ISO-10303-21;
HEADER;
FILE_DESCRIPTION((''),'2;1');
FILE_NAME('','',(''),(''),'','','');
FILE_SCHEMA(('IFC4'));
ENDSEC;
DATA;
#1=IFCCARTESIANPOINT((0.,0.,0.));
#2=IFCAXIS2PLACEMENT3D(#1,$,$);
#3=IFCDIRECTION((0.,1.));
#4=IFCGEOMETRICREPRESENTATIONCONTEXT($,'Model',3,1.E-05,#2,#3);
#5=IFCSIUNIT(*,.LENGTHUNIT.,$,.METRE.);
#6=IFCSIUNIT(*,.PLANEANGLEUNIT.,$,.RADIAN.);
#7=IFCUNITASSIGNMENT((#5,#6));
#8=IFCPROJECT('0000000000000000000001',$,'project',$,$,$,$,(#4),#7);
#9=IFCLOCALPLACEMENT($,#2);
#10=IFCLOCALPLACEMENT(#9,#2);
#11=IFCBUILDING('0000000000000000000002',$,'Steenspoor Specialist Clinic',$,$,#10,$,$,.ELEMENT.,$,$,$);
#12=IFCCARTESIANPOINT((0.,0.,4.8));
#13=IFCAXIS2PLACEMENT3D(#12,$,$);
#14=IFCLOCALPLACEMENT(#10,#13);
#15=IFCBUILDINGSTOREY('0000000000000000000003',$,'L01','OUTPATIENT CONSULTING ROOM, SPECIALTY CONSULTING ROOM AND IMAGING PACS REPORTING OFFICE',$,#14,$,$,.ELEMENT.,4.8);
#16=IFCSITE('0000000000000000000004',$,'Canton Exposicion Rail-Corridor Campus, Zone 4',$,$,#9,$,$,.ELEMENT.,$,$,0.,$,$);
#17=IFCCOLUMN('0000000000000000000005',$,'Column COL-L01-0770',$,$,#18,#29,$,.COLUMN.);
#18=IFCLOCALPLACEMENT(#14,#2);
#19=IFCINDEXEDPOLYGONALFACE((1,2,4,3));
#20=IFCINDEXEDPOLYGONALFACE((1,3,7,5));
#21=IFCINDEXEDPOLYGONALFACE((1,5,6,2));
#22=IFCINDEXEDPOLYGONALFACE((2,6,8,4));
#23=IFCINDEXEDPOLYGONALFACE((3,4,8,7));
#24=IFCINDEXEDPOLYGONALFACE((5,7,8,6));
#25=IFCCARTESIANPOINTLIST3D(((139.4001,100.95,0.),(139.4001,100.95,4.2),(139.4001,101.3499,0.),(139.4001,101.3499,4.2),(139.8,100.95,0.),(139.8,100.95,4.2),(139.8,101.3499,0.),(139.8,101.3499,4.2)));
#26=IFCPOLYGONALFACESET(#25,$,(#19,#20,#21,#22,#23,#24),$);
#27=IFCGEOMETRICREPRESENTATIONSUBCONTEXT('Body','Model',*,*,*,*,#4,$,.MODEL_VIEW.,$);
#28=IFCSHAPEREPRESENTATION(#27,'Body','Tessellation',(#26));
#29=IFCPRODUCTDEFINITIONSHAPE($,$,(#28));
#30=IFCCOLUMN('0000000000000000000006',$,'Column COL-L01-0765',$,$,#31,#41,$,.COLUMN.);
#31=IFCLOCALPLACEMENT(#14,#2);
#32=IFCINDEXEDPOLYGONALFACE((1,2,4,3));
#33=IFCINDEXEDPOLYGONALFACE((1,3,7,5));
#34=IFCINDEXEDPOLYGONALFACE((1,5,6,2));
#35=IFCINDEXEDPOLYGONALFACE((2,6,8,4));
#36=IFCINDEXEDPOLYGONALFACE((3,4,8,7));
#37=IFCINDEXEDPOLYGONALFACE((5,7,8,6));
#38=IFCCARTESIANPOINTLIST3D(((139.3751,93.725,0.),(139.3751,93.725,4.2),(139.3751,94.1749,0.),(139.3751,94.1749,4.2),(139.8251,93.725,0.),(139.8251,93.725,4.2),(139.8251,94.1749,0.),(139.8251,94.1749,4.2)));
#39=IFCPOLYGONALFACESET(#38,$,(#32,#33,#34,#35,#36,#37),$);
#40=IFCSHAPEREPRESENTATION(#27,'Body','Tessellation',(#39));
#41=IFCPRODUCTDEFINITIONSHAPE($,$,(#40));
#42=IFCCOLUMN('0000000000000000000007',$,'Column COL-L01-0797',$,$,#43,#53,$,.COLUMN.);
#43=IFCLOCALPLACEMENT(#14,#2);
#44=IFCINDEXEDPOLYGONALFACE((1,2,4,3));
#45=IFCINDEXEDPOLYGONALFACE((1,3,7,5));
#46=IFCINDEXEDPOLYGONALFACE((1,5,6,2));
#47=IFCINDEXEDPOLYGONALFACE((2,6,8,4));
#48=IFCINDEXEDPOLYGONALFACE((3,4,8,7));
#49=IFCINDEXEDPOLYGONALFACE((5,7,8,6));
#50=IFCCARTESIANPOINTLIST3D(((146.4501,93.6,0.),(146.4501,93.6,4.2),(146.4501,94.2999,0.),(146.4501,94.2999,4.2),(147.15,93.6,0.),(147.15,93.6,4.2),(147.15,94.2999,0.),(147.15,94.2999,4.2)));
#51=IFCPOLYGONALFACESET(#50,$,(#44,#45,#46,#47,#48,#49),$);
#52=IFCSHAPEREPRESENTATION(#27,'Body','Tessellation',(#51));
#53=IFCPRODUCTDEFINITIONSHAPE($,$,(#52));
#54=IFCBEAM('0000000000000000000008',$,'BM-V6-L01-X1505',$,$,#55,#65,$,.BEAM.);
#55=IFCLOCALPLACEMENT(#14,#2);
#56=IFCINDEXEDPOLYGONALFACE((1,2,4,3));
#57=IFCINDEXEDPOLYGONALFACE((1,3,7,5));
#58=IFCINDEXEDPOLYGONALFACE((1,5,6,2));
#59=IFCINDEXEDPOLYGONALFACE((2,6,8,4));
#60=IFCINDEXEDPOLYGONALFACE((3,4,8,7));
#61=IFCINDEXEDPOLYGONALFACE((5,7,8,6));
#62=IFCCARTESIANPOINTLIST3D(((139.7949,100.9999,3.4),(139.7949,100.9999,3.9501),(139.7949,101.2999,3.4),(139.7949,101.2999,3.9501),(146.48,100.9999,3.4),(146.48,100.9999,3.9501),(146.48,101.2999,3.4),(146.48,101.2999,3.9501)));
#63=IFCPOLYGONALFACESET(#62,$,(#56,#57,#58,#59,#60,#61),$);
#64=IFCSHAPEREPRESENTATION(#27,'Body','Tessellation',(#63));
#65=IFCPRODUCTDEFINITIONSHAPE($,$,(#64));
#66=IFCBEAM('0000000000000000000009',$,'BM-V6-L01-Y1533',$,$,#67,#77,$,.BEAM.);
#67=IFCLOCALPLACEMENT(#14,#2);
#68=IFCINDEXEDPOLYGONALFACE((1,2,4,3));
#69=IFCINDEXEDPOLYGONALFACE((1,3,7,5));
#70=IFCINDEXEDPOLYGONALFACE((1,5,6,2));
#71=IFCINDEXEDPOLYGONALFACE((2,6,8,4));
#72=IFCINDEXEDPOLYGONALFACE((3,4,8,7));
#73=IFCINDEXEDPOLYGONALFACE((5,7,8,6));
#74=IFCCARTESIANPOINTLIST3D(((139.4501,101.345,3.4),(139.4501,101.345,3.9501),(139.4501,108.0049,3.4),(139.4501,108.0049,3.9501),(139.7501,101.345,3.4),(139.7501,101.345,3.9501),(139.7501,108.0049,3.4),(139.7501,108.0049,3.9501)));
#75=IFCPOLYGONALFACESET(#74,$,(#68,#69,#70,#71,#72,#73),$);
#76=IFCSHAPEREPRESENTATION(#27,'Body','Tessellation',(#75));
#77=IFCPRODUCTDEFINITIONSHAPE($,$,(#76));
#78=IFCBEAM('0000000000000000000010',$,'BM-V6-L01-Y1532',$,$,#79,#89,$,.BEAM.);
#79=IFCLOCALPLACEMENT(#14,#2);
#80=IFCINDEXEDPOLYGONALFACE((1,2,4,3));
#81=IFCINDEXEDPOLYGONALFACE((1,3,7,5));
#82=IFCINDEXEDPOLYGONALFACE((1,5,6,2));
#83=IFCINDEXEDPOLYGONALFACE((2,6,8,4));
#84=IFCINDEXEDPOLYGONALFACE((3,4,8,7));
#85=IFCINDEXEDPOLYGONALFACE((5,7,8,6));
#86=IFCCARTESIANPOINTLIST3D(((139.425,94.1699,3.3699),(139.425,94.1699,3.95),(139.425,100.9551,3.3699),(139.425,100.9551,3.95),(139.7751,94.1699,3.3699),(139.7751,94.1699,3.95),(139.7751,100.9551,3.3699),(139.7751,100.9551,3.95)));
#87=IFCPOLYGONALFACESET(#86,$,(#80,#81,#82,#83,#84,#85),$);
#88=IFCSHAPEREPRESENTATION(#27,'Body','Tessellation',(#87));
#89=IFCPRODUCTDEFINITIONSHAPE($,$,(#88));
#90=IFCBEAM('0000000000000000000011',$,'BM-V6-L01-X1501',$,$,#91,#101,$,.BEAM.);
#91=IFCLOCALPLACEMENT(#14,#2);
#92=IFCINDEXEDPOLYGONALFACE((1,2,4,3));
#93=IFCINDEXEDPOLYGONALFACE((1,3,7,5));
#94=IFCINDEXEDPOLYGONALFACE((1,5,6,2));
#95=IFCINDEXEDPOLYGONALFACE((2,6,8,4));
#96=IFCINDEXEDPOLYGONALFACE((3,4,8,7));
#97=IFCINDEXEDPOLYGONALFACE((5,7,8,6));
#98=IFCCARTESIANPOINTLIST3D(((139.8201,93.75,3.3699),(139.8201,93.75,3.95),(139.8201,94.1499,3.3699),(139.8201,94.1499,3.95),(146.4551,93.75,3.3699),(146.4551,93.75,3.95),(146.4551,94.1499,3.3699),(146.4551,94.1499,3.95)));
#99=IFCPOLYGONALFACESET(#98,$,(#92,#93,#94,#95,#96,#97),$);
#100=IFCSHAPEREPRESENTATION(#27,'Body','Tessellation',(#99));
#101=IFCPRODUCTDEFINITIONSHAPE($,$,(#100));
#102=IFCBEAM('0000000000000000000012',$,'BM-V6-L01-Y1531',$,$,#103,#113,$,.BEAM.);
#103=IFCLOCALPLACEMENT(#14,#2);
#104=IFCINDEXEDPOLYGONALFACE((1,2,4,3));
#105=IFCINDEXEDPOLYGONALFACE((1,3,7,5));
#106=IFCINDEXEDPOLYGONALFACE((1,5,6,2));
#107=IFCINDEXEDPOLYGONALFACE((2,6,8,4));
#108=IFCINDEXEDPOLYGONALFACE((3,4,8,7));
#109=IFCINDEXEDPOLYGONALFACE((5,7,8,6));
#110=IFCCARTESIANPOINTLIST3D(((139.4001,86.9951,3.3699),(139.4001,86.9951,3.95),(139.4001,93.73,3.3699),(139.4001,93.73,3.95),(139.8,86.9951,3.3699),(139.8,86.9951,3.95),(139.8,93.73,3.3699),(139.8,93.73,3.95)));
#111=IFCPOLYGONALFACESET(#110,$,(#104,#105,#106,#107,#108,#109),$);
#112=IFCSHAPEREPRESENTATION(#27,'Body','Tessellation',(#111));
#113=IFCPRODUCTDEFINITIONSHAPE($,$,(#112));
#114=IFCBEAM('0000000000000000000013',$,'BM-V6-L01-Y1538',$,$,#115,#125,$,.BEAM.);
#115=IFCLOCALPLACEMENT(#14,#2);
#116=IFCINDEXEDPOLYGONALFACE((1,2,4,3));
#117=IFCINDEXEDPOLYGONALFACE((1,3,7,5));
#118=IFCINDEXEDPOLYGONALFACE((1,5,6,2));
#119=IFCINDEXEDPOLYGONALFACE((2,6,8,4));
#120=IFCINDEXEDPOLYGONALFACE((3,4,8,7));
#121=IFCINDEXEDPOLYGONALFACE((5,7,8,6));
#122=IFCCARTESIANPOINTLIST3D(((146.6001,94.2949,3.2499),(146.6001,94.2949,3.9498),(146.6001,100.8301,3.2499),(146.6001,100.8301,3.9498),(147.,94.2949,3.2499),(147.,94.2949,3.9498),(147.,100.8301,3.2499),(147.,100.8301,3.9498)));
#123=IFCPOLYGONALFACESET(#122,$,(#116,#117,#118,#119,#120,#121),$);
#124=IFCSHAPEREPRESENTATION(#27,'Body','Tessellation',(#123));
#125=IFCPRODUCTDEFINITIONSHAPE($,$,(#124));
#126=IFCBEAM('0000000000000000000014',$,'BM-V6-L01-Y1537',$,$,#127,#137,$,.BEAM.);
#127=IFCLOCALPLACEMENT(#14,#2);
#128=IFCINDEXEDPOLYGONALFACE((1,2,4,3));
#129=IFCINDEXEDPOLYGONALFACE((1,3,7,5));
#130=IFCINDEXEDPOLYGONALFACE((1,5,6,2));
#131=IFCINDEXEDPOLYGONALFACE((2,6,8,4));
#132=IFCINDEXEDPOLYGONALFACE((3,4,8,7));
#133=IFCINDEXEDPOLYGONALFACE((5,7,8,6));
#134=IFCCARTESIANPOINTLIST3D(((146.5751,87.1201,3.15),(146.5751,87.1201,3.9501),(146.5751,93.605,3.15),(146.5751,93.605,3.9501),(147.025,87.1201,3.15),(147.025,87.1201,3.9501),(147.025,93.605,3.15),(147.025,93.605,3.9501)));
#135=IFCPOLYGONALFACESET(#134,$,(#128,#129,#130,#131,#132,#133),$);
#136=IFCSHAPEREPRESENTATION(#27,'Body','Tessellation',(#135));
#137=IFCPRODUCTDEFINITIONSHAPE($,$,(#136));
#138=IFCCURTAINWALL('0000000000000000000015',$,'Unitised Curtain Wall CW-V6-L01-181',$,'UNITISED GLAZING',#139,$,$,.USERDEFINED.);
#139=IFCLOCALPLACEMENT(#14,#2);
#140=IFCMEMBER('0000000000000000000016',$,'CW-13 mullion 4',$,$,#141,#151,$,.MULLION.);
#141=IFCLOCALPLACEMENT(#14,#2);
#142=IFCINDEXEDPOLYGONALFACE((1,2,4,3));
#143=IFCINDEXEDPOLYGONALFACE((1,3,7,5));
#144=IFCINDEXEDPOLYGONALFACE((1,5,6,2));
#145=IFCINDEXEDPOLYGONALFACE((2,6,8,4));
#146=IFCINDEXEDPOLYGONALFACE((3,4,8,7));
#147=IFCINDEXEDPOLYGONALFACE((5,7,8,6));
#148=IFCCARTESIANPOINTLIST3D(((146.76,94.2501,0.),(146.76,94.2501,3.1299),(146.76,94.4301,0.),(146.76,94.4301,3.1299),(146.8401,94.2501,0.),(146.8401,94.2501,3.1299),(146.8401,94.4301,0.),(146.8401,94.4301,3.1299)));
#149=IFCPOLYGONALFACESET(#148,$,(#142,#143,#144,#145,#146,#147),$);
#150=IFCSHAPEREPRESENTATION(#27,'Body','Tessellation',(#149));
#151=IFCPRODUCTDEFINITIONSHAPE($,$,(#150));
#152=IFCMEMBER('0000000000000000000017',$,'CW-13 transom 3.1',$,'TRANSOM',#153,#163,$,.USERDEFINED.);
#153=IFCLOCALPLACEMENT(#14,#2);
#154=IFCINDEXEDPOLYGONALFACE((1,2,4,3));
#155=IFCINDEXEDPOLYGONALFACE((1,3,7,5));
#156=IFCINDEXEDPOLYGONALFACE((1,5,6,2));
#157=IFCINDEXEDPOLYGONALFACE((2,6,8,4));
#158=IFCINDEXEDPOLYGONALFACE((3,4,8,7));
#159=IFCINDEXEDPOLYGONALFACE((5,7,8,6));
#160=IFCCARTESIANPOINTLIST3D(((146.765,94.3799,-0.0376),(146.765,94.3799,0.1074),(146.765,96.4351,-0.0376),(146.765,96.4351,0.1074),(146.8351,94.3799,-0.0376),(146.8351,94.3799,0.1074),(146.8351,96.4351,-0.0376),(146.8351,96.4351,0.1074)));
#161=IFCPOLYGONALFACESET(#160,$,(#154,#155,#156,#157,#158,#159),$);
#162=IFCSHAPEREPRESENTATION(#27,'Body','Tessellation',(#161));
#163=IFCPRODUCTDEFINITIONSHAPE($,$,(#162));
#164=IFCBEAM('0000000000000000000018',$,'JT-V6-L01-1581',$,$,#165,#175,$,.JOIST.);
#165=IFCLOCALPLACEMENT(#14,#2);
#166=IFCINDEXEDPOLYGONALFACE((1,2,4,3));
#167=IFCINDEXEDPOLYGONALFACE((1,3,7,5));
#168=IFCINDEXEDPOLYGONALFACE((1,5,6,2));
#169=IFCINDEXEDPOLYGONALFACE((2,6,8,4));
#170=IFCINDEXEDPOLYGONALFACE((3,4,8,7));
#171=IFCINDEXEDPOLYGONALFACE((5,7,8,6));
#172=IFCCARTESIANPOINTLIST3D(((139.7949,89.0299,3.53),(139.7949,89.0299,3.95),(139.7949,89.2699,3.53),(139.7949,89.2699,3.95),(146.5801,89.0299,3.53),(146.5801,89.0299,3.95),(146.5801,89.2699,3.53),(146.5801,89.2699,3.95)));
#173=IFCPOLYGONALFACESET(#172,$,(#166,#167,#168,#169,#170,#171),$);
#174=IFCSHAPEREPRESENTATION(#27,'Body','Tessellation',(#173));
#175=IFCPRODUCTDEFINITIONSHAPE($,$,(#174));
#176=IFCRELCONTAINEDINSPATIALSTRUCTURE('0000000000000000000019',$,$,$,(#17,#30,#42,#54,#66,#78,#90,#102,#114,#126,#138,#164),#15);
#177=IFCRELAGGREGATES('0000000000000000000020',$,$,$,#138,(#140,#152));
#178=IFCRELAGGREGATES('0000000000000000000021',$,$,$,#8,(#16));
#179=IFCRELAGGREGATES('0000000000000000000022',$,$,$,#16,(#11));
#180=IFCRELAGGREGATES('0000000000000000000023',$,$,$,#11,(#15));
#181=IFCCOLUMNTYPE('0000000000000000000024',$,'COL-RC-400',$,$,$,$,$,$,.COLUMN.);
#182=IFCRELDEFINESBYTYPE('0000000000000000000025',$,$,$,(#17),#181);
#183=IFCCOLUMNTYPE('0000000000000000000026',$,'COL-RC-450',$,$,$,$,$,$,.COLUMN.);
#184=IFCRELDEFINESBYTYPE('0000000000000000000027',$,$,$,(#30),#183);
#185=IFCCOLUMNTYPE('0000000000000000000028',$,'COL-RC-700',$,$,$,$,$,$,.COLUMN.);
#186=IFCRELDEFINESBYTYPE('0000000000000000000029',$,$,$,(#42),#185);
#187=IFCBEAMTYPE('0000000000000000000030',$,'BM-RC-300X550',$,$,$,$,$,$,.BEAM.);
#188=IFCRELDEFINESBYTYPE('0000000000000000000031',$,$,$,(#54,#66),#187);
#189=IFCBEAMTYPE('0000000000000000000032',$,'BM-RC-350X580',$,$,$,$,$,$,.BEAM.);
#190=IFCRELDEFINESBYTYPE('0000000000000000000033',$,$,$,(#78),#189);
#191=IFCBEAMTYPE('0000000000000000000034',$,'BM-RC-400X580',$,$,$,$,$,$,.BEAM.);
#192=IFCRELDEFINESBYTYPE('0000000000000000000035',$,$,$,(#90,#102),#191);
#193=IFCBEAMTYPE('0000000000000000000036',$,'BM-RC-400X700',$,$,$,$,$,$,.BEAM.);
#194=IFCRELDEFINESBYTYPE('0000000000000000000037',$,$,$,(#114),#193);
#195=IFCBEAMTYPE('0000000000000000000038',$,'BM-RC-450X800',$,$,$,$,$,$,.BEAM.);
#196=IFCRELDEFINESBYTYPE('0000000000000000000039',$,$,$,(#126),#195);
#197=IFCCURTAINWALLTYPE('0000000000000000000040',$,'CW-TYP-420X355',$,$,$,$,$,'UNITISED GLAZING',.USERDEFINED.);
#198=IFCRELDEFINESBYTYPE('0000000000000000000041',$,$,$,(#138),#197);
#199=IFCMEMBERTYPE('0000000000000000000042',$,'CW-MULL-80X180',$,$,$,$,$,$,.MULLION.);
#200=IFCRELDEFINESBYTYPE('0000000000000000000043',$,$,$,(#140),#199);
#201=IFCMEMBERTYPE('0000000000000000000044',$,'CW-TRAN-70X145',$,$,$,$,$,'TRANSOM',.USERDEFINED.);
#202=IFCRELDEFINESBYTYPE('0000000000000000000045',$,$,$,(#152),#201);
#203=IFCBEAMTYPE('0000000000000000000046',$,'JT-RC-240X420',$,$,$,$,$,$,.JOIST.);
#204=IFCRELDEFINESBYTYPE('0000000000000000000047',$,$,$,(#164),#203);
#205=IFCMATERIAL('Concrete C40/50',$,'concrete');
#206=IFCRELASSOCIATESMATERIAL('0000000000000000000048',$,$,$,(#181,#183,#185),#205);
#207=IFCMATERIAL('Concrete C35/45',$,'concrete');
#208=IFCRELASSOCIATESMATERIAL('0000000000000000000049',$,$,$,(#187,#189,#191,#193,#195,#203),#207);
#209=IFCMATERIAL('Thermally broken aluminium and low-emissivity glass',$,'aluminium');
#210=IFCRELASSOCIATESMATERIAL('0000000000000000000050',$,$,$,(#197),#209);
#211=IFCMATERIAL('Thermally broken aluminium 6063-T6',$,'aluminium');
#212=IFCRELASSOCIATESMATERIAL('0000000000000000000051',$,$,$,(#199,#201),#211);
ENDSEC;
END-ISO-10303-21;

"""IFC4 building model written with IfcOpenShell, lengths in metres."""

from ifc_helpers import new_model, si_unit, direction, frame, origin, origin_2d, place, context, subcontext, project, spatial, rectangle, extrude, material, material_profile, profile_set, type_object, element, aggregate, save


model = new_model("IFC4")

# Units and contexts
model_context = context("Model", 3, precision=1e-05, world=origin(), true_north=direction((0.0, 1.0)))
body_context = subcontext(model_context, "Body", "Model", "MODEL_VIEW")
ifc_project = project(units=[si_unit("LENGTHUNIT", "METRE"), si_unit("PLANEANGLEUNIT", "RADIAN")], contexts=[model_context])

# Site, building, storey
site_placement = place(None, origin())
site = spatial("IfcSite", under=ifc_project, at=site_placement, Name="Canton Exposicion Rail-Corridor Campus, Zone 4", CompositionType="ELEMENT", RefElevation=0.0)
building_placement = place(site_placement, origin())
building = spatial("IfcBuilding", under=site, at=building_placement, Name="Steenspoor Specialist Clinic", CompositionType="ELEMENT")
storey_placement = place(building_placement, frame((0.0, 0.0, 4.8)))
storey = spatial("IfcBuildingStorey", under=building, at=storey_placement, Name="L01", Description="OUTPATIENT CONSULTING ROOM, SPECIALTY CONSULTING ROOM AND IMAGING PACS REPORTING OFFICE", CompositionType="ELEMENT", Elevation=4.8)

# Columns
ifc_material_1 = material(Name="Concrete C40/50", Category="concrete")
ifc_material_profile_1 = material_profile(ifc_material_1, rectangle(XDim=0.3999, YDim=0.3999, at=origin_2d()), Name="RC-COL-400X400")
ifc_profile_set_1 = profile_set([ifc_material_profile_1], Name="Concrete C40/50")
column_type_1 = type_object("IfcColumnType", Name="COL-RC-400", PredefinedType="COLUMN", material=ifc_profile_set_1)
column_1_placement = place(storey_placement, frame((139.6001, 101.1499, 0.0), z_axis=(0.0, 0.0, 1.0), x_axis=(1.0, 0.0, 0.0)))
element("IfcColumn", 1, at=column_1_placement, inside=storey, type_object=column_type_1, Name="Column COL-L01-0770", PredefinedType="COLUMN", context=body_context, shape_type="SweptSolid", body=[
    extrude(rectangle(XDim=0.3999, YDim=0.3999, at=origin_2d()), origin(), (0.0, 0.0, 1.0), 4.2),
])
ifc_material_profile_2 = material_profile(ifc_material_1, rectangle(XDim=0.45, YDim=0.45, at=origin_2d()), Name="RC-COL-450X450")
ifc_profile_set_2 = profile_set([ifc_material_profile_2], Name="Concrete C40/50")
column_type_2 = type_object("IfcColumnType", Name="COL-RC-450", PredefinedType="COLUMN", material=ifc_profile_set_2)
column_2_placement = place(storey_placement, frame((139.6001, 93.95, 0.0), z_axis=(0.0, 0.0, 1.0), x_axis=(1.0, 0.0, 0.0)))
element("IfcColumn", 2, at=column_2_placement, inside=storey, type_object=column_type_2, Name="Column COL-L01-0765", PredefinedType="COLUMN", context=body_context, shape_type="SweptSolid", body=[
    extrude(rectangle(XDim=0.45, YDim=0.45, at=origin_2d()), origin(), (0.0, 0.0, 1.0), 4.2),
])
ifc_material_profile_3 = material_profile(ifc_material_1, rectangle(XDim=0.7, YDim=0.7, at=origin_2d()), Name="RC-COL-700X700")
ifc_profile_set_3 = profile_set([ifc_material_profile_3], Name="Concrete C40/50")
column_type_3 = type_object("IfcColumnType", Name="COL-RC-700", PredefinedType="COLUMN", material=ifc_profile_set_3)
column_3_placement = place(storey_placement, frame((146.8, 93.95, 0.0), z_axis=(0.0, 0.0, 1.0), x_axis=(1.0, 0.0, 0.0)))
element("IfcColumn", 3, at=column_3_placement, inside=storey, type_object=column_type_3, Name="Column COL-L01-0797", PredefinedType="COLUMN", context=body_context, shape_type="SweptSolid", body=[
    extrude(rectangle(XDim=0.7, YDim=0.7, at=origin_2d()), origin(), (0.0, 0.0, 1.0), 4.2),
])

# Beams
ifc_material_2 = material(Name="Concrete C35/45", Category="concrete")
ifc_material_profile_4 = material_profile(ifc_material_2, rectangle(XDim=0.3, YDim=0.55, at=origin_2d()), Name="RC-BM-300X550")
ifc_profile_set_4 = profile_set([ifc_material_profile_4], Name="Concrete C35/45")
beam_type_1 = type_object("IfcBeamType", Name="BM-RC-300X550", PredefinedType="BEAM", material=ifc_profile_set_4)
beam_1_placement = place(storey_placement, frame((139.7949, 101.1499, 3.675), z_axis=(1.0, 0.0, 0.0), x_axis=(0.0, 1.0, 0.0)))
element("IfcBeam", 4, at=beam_1_placement, inside=storey, type_object=beam_type_1, Name="BM-V6-L01-X1505", PredefinedType="BEAM", context=body_context, shape_type="SweptSolid", body=[
    extrude(rectangle(XDim=0.3, YDim=0.55, at=origin_2d()), origin(), (0.0, 0.0, 1.0), 6.6851),
])
beam_2_placement = place(storey_placement, frame((139.6001, 101.345, 3.675), z_axis=(0.0, 1.0, 0.0), x_axis=(-1.0, 0.0, 0.0)))
element("IfcBeam", 5, at=beam_2_placement, inside=storey, type_object=beam_type_1, Name="BM-V6-L01-Y1533", PredefinedType="BEAM", context=body_context, shape_type="SweptSolid", body=[
    extrude(rectangle(XDim=0.3, YDim=0.55, at=origin_2d()), origin(), (0.0, 0.0, 1.0), 6.6599),
])
ifc_material_profile_5 = material_profile(ifc_material_2, rectangle(XDim=0.3501, YDim=0.5801, at=origin_2d()), Name="RC-BM-350X580")
ifc_profile_set_5 = profile_set([ifc_material_profile_5], Name="Concrete C35/45")
beam_type_2 = type_object("IfcBeamType", Name="BM-RC-350X580", PredefinedType="BEAM", material=ifc_profile_set_5)
beam_3_placement = place(storey_placement, frame((139.6001, 94.1699, 3.6599), z_axis=(0.0, 1.0, 0.0), x_axis=(-1.0, 0.0, 0.0)))
element("IfcBeam", 6, at=beam_3_placement, inside=storey, type_object=beam_type_2, Name="BM-V6-L01-Y1532", PredefinedType="BEAM", context=body_context, shape_type="SweptSolid", body=[
    extrude(rectangle(XDim=0.3501, YDim=0.5801, at=origin_2d()), origin(), (0.0, 0.0, 1.0), 6.7852),
])
ifc_material_profile_6 = material_profile(ifc_material_2, rectangle(XDim=0.3999, YDim=0.5801, at=origin_2d()), Name="RC-BM-400X580")
ifc_profile_set_6 = profile_set([ifc_material_profile_6], Name="Concrete C35/45")
beam_type_3 = type_object("IfcBeamType", Name="BM-RC-400X580", PredefinedType="BEAM", material=ifc_profile_set_6)
beam_4_placement = place(storey_placement, frame((139.8201, 93.95, 3.6599), z_axis=(1.0, 0.0, 0.0), x_axis=(0.0, 1.0, 0.0)))
element("IfcBeam", 7, at=beam_4_placement, inside=storey, type_object=beam_type_3, Name="BM-V6-L01-X1501", PredefinedType="BEAM", context=body_context, shape_type="SweptSolid", body=[
    extrude(rectangle(XDim=0.3999, YDim=0.5801, at=origin_2d()), origin(), (0.0, 0.0, 1.0), 6.635),
])
beam_5_placement = place(storey_placement, frame((139.6001, 86.9951, 3.6599), z_axis=(0.0, 1.0, 0.0), x_axis=(-1.0, 0.0, 0.0)))
element("IfcBeam", 8, at=beam_5_placement, inside=storey, type_object=beam_type_3, Name="BM-V6-L01-Y1531", PredefinedType="BEAM", context=body_context, shape_type="SweptSolid", body=[
    extrude(rectangle(XDim=0.3999, YDim=0.5801, at=origin_2d()), origin(), (0.0, 0.0, 1.0), 6.7349),
])
ifc_material_profile_7 = material_profile(ifc_material_2, rectangle(XDim=0.3999, YDim=0.7, at=origin_2d()), Name="RC-BM-400X700")
ifc_profile_set_7 = profile_set([ifc_material_profile_7], Name="Concrete C35/45")
beam_type_4 = type_object("IfcBeamType", Name="BM-RC-400X700", PredefinedType="BEAM", material=ifc_profile_set_7)
beam_6_placement = place(storey_placement, frame((146.8, 94.2949, 3.5999), z_axis=(0.0, 1.0, 0.0), x_axis=(-1.0, 0.0, 0.0)))
element("IfcBeam", 9, at=beam_6_placement, inside=storey, type_object=beam_type_4, Name="BM-V6-L01-Y1538", PredefinedType="BEAM", context=body_context, shape_type="SweptSolid", body=[
    extrude(rectangle(XDim=0.3999, YDim=0.7, at=origin_2d()), origin(), (0.0, 0.0, 1.0), 6.5352),
])
ifc_material_profile_8 = material_profile(ifc_material_2, rectangle(XDim=0.45, YDim=0.8, at=origin_2d()), Name="RC-BM-450X800")
ifc_profile_set_8 = profile_set([ifc_material_profile_8], Name="Concrete C35/45")
beam_type_5 = type_object("IfcBeamType", Name="BM-RC-450X800", PredefinedType="BEAM", material=ifc_profile_set_8)
beam_7_placement = place(storey_placement, frame((146.8, 87.1201, 3.55), z_axis=(0.0, 1.0, 0.0), x_axis=(-1.0, 0.0, 0.0)))
element("IfcBeam", 10, at=beam_7_placement, inside=storey, type_object=beam_type_5, Name="BM-V6-L01-Y1537", PredefinedType="BEAM", context=body_context, shape_type="SweptSolid", body=[
    extrude(rectangle(XDim=0.45, YDim=0.8, at=origin_2d()), origin(), (0.0, 0.0, 1.0), 6.4849),
])

# Curtain wall, members
ifc_material_3 = material(Name="Thermally broken aluminium and low-emissivity glass", Category="aluminium")
curtain_wall_type = type_object("IfcCurtainWallType", Name="CW-TYP-420X355", ElementType="UNITISED GLAZING", PredefinedType="USERDEFINED", material=ifc_material_3)
curtain_wall_placement = place(storey_placement, origin())
curtain_wall = element("IfcCurtainWall", 11, at=curtain_wall_placement, inside=storey, type_object=curtain_wall_type, Name="Unitised Curtain Wall CW-V6-L01-181", ObjectType="UNITISED GLAZING", PredefinedType="USERDEFINED")
ifc_material_4 = material(Name="Thermally broken aluminium 6063-T6", Category="aluminium")
ifc_material_profile_9 = material_profile(ifc_material_4, rectangle(XDim=0.0801, YDim=0.1799, at=origin_2d()), Name="CWM-80X180")
ifc_profile_set_9 = profile_set([ifc_material_profile_9], Name="Thermally broken aluminium 6063-T6")
member_type_1 = type_object("IfcMemberType", Name="CW-MULL-80X180", PredefinedType="MULLION", material=ifc_profile_set_9)
member_1_placement = place(storey_placement, frame((146.8, 94.3401, 0.0), z_axis=(0.0, 0.0, 1.0), x_axis=(1.0, 0.0, 0.0)))
member_1 = element("IfcMember", 12, at=member_1_placement, type_object=member_type_1, Name="CW-13 mullion 4", PredefinedType="MULLION", context=body_context, shape_type="SweptSolid", body=[
    extrude(rectangle(XDim=0.0801, YDim=0.1799, at=origin_2d()), origin(), (0.0, 0.0, 1.0), 3.1299),
])
ifc_material_profile_10 = material_profile(ifc_material_4, rectangle(XDim=0.0701, YDim=0.145, at=origin_2d()), Name="CWT-70X145")
ifc_profile_set_10 = profile_set([ifc_material_profile_10], Name="Thermally broken aluminium 6063-T6")
member_type_2 = type_object("IfcMemberType", Name="CW-TRAN-70X145", ElementType="TRANSOM", PredefinedType="USERDEFINED", material=ifc_profile_set_10)
member_2_placement = place(storey_placement, frame((146.8, 96.4351, 0.0349), z_axis=(0.0, -1.0, 0.0), x_axis=(1.0, 0.0, 0.0)))
member_2 = element("IfcMember", 13, at=member_2_placement, type_object=member_type_2, Name="CW-13 transom 3.1", ObjectType="TRANSOM", PredefinedType="USERDEFINED", context=body_context, shape_type="SweptSolid", body=[
    extrude(rectangle(XDim=0.0701, YDim=0.145, at=origin_2d()), origin(), (0.0, 0.0, 1.0), 2.0552),
])

# Beam
ifc_material_profile_11 = material_profile(ifc_material_2, rectangle(XDim=0.24, YDim=0.4199, at=origin_2d()), Name="RC-JT-240X420")
ifc_profile_set_11 = profile_set([ifc_material_profile_11], Name="Concrete C35/45")
beam_type_6 = type_object("IfcBeamType", Name="JT-RC-240X420", PredefinedType="JOIST", material=ifc_profile_set_11)
beam_8_placement = place(storey_placement, frame((139.7949, 89.1499, 3.74), z_axis=(1.0, 0.0, 0.0), x_axis=(0.0, 1.0, 0.0)))
element("IfcBeam", 14, at=beam_8_placement, inside=storey, type_object=beam_type_6, Name="JT-V6-L01-1581", PredefinedType="JOIST", context=body_context, shape_type="SweptSolid", body=[
    extrude(rectangle(XDim=0.24, YDim=0.4199, at=origin_2d()), origin(), (0.0, 0.0, 1.0), 6.7852),
])

aggregate(curtain_wall, [member_1, member_2])

save(model, "model.ifc")
